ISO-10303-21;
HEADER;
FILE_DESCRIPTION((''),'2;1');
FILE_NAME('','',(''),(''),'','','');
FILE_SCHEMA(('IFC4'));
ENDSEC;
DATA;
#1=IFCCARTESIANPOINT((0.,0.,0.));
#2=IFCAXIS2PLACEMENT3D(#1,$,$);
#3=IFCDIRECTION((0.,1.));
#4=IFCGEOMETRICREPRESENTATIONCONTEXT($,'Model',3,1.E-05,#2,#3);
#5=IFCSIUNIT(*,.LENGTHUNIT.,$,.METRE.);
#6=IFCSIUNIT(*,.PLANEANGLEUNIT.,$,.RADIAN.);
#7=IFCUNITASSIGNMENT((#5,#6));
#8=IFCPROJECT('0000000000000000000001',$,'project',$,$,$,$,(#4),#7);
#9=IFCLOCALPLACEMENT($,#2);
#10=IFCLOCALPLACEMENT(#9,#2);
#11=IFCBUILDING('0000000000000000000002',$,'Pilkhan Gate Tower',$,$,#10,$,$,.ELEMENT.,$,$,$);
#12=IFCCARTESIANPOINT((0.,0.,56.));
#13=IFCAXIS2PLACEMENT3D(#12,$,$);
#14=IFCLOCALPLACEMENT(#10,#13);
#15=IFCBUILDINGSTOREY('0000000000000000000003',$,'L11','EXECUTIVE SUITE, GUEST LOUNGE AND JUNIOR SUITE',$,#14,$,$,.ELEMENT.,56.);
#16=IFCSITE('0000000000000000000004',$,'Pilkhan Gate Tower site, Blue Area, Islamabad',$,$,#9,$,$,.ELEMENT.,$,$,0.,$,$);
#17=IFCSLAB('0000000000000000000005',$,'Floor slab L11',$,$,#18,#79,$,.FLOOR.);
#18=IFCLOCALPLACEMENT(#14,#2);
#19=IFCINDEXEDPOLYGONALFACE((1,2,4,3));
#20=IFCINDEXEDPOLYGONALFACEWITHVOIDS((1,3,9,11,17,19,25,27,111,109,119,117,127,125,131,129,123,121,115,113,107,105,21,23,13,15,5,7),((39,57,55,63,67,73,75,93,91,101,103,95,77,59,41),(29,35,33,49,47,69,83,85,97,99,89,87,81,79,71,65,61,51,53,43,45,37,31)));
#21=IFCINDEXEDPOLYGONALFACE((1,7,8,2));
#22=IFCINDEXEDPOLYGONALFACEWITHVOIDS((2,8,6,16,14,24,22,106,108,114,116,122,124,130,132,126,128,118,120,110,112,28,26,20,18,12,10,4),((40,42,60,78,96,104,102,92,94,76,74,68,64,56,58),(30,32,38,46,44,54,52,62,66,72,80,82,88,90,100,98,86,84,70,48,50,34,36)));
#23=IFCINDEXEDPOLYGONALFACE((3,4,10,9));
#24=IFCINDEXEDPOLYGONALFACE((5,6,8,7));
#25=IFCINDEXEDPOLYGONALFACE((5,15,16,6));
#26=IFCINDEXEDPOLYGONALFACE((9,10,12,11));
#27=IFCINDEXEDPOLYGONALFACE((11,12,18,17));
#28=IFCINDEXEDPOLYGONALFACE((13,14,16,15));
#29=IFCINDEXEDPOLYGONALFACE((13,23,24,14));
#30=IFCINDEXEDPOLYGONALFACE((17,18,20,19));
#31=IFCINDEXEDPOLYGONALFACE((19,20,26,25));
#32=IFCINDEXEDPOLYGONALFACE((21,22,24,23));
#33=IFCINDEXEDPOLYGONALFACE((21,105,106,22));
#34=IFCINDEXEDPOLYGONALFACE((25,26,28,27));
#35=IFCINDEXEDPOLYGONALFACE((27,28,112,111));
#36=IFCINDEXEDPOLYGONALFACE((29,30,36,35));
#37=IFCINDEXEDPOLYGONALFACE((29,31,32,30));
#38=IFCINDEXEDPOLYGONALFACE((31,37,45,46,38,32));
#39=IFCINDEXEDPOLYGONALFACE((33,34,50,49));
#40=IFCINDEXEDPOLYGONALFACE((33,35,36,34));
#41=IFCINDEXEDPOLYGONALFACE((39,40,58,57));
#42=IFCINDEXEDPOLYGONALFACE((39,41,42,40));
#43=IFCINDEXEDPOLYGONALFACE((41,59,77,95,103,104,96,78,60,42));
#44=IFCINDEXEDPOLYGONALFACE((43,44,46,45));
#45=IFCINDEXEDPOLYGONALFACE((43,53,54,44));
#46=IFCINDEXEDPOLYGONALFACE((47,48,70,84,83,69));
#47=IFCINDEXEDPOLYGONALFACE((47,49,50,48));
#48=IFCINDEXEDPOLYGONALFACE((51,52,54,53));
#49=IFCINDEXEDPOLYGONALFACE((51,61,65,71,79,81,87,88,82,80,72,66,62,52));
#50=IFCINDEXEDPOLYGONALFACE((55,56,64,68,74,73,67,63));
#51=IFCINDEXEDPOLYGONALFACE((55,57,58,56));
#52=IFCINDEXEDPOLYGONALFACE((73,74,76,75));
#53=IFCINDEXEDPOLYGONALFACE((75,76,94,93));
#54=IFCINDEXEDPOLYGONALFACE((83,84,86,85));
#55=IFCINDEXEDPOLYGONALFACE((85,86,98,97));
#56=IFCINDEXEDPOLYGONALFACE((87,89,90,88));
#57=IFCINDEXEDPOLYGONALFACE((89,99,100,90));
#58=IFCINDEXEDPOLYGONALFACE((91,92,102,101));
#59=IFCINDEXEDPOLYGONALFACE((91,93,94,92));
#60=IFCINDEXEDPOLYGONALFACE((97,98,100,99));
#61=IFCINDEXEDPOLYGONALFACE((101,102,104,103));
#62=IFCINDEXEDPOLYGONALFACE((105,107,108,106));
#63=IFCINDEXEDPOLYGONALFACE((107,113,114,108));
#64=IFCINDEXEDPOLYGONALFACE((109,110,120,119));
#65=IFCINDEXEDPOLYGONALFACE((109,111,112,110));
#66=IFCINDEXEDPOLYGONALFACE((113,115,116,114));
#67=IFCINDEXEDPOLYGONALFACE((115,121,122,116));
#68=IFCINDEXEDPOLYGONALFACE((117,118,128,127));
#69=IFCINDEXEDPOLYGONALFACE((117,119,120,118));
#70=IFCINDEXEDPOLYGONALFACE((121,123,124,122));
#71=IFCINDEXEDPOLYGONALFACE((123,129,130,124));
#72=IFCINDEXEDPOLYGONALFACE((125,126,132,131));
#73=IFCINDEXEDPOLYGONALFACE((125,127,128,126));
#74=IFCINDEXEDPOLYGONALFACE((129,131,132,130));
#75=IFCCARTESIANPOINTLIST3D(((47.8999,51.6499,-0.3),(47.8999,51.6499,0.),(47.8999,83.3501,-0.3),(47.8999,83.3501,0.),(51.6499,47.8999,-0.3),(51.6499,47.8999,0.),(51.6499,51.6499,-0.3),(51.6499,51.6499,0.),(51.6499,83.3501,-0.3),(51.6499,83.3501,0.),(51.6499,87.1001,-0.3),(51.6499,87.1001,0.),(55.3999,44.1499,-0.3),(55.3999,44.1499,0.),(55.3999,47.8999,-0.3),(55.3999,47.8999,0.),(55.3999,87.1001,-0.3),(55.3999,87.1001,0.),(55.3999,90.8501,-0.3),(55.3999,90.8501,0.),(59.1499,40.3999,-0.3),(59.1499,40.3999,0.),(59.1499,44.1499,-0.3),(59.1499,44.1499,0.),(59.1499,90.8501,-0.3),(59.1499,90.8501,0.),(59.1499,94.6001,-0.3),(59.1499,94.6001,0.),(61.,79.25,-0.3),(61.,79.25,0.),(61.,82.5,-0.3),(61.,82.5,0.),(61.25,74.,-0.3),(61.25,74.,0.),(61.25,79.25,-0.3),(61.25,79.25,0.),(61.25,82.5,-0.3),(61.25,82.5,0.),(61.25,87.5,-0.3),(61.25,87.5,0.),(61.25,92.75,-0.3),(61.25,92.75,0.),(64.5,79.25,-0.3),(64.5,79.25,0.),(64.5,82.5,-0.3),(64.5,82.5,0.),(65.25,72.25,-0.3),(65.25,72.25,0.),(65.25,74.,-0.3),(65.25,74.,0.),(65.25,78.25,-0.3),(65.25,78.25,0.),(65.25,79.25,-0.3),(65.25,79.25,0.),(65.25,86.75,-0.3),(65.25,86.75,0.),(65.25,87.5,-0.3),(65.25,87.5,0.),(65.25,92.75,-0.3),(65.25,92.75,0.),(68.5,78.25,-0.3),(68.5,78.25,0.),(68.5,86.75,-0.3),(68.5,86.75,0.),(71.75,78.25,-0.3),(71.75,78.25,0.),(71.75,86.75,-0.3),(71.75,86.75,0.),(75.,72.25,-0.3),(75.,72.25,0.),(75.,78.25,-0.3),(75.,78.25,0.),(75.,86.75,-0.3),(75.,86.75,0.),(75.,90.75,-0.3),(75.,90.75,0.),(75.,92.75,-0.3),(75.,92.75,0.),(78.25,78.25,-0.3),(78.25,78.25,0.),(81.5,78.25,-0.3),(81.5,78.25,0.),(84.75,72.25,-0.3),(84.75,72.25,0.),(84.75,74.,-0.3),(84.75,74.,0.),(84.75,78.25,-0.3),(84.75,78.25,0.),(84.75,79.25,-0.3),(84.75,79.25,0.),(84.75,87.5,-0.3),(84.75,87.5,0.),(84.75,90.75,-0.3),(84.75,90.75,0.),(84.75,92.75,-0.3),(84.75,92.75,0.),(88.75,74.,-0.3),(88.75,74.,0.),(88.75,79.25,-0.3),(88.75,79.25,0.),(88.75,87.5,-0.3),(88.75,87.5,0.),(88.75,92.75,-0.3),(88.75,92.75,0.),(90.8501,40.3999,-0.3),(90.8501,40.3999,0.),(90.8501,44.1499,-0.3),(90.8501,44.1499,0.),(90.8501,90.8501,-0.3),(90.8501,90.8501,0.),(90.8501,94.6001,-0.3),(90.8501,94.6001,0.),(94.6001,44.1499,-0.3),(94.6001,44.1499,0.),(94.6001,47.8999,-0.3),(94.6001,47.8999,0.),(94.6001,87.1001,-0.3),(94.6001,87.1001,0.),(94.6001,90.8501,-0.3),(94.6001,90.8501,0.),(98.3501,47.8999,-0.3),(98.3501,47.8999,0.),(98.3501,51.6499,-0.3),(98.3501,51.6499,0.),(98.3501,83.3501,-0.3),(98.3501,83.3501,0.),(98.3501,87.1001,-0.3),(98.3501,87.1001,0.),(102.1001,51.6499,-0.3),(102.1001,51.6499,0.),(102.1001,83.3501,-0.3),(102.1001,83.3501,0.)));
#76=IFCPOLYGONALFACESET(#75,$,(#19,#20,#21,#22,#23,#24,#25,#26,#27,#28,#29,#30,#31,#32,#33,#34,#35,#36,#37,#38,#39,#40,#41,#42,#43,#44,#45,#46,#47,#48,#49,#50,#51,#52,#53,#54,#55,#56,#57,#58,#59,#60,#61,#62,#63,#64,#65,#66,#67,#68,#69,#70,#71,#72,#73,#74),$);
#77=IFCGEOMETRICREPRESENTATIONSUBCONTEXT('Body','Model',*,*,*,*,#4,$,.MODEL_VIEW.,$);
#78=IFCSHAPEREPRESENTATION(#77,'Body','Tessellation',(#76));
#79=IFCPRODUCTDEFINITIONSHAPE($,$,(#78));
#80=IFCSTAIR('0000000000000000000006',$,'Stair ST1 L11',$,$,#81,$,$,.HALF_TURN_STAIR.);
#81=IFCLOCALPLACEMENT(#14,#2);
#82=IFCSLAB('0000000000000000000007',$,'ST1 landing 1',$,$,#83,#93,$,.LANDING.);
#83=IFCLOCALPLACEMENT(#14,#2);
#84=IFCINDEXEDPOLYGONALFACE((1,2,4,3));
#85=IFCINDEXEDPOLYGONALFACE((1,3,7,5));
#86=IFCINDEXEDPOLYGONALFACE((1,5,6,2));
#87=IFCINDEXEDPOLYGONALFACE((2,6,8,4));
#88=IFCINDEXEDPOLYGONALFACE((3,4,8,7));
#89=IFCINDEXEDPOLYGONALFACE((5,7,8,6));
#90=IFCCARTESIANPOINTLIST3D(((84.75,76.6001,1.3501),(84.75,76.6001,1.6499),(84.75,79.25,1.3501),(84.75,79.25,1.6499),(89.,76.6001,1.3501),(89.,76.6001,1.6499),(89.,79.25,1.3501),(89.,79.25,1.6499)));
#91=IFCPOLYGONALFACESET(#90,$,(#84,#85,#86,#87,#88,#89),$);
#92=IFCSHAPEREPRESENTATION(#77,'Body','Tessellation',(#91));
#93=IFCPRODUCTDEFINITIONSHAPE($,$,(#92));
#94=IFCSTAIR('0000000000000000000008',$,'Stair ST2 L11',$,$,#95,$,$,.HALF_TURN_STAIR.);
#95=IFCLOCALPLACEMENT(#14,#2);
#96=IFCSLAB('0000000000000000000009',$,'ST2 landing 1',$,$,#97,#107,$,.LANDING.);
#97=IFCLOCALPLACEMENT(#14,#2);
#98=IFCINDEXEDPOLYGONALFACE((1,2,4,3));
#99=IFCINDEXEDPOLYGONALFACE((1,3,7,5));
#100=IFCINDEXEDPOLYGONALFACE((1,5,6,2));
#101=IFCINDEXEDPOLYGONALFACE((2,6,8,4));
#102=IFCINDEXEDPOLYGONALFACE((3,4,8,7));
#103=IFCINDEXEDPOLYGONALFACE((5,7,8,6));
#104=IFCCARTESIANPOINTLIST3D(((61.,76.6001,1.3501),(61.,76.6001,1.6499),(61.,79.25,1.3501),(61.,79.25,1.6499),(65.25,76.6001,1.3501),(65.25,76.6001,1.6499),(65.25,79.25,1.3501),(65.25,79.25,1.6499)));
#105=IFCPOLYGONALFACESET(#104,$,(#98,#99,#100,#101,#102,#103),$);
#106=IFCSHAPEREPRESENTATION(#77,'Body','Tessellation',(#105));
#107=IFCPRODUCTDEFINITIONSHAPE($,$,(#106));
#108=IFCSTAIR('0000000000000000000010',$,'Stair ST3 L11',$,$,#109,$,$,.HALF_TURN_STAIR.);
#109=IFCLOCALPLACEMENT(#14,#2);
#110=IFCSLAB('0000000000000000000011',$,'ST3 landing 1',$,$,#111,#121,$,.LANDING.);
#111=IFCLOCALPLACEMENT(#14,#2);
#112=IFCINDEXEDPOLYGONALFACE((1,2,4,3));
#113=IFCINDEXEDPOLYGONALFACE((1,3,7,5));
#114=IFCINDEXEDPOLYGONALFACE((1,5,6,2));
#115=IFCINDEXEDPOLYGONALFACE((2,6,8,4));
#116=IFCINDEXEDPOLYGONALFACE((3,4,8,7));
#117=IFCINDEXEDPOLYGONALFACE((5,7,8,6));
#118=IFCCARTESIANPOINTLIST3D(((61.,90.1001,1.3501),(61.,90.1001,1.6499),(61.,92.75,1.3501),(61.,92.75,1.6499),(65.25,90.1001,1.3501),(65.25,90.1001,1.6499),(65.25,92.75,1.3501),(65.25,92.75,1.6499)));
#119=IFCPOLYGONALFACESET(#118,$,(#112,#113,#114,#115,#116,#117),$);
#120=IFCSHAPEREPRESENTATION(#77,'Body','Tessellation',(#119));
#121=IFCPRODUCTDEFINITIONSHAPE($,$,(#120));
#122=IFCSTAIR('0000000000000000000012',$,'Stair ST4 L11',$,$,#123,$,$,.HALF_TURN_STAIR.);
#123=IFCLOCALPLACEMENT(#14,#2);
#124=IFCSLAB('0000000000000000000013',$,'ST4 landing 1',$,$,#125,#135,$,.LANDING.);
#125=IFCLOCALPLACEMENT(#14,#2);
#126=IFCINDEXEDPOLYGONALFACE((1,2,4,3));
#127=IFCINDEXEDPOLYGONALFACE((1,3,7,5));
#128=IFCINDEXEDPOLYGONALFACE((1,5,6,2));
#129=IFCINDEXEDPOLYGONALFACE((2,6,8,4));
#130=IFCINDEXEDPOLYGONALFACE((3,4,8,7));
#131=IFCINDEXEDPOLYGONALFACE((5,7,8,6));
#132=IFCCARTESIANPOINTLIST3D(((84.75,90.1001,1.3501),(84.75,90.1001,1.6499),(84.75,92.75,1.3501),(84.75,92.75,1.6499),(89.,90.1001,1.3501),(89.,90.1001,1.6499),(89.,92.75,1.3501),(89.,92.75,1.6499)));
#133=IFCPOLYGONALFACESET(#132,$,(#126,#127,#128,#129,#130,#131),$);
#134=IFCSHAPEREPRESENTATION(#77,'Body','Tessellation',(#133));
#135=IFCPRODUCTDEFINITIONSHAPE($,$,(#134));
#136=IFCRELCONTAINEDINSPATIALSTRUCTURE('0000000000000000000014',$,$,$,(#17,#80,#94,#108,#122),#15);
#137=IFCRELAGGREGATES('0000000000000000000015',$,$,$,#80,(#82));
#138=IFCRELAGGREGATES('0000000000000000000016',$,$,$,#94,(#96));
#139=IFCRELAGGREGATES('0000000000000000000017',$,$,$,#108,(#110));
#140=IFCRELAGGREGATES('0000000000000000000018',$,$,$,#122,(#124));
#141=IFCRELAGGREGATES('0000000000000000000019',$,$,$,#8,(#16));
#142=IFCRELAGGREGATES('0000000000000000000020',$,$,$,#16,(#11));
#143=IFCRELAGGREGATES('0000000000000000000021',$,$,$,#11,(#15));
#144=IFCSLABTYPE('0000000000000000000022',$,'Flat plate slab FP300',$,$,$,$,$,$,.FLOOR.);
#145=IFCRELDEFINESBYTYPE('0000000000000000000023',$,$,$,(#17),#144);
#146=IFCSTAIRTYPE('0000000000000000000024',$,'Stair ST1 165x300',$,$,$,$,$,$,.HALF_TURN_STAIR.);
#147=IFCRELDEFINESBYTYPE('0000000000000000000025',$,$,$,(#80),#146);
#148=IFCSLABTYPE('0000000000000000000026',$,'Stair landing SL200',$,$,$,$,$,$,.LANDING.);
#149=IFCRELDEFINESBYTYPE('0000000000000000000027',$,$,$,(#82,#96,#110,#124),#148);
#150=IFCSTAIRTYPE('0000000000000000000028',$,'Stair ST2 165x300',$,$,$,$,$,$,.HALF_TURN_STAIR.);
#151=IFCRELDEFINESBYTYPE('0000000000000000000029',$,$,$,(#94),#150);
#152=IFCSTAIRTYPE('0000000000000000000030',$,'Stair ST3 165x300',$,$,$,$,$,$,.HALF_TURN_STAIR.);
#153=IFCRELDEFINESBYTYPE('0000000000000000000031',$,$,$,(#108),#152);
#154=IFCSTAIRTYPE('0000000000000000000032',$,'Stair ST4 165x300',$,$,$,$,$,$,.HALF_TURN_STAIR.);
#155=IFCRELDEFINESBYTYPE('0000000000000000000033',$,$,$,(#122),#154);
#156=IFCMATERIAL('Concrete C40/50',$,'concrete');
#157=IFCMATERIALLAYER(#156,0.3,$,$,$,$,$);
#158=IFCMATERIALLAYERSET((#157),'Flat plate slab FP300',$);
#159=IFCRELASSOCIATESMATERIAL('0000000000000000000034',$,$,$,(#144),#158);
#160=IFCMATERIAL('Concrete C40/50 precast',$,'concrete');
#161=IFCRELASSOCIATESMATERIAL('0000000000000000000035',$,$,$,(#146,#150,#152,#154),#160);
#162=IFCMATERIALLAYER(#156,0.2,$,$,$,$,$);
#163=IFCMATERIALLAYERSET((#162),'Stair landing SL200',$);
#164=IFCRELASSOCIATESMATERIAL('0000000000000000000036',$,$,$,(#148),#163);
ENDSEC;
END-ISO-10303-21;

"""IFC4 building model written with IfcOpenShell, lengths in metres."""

from ifc_helpers import new_model, si_unit, direction, frame, origin, place, context, subcontext, project, spatial, polyline, outline, extrude, material, layer, layer_set, type_object, element, aggregate, save


model = new_model("IFC4")

# Units and contexts
model_context = context("Model", 3, precision=1e-05, world=origin(), true_north=direction((0.0, 1.0)))
body_context = subcontext(model_context, "Body", "Model", "MODEL_VIEW")
ifc_project = project(units=[si_unit("LENGTHUNIT", "METRE"), si_unit("PLANEANGLEUNIT", "RADIAN")], contexts=[model_context])

# Site, building, storey
site_placement = place(None, origin())
site = spatial("IfcSite", under=ifc_project, at=site_placement, Name="Pilkhan Gate Tower site, Blue Area, Islamabad", CompositionType="ELEMENT", RefElevation=0.0)
building_placement = place(site_placement, origin())
building = spatial("IfcBuilding", under=site, at=building_placement, Name="Pilkhan Gate Tower", CompositionType="ELEMENT")
storey_placement = place(building_placement, frame((0.0, 0.0, 56.0)))
storey = spatial("IfcBuildingStorey", under=building, at=storey_placement, Name="L11", Description="EXECUTIVE SUITE, GUEST LOUNGE AND JUNIOR SUITE", CompositionType="ELEMENT", Elevation=56.0)

# Slab
ifc_material_1 = material(Name="Concrete C40/50", Category="concrete")
ifc_layer_1 = layer(ifc_material_1, 0.3)
ifc_layer_set_1 = layer_set([ifc_layer_1], Name="Flat plate slab FP300")
slab_type_1 = type_object("IfcSlabType", Name="Flat plate slab FP300", PredefinedType="FLOOR", material=ifc_layer_set_1)
slab_1_placement = place(storey_placement, frame((0.0, 0.0, -0.3)))
element("IfcSlab", 1, at=slab_1_placement, inside=storey, type_object=slab_type_1, Name="Floor slab L11", PredefinedType="FLOOR", context=body_context, shape_type="SweptSolid", body=[
    extrude(outline(polyline([(98.3501, 47.8999), (94.6001, 47.8999), (94.6001, 44.1499), (90.8501, 44.1499), (90.8501, 40.3999), (59.1499, 40.3999), (59.1499, 44.1499), (55.3999, 44.1499), (55.3999, 47.8999), (51.6499, 47.8999), (51.6499, 51.6499), (47.8999, 51.6499), (47.8999, 83.3501), (51.6499, 83.3501), (51.6499, 87.1001), (55.3999, 87.1001), (55.3999, 90.8501), (59.1499, 90.8501), (59.1499, 94.6001), (90.8501, 94.6001), (90.8501, 90.8501), (94.6001, 90.8501), (94.6001, 87.1001), (98.3501, 87.1001), (98.3501, 83.3501), (102.1001, 83.3501), (102.1001, 51.6499), (98.3501, 51.6499), (98.3501, 47.8999)]), holes=[polyline([(65.25, 87.5), (65.25, 86.75), (68.5, 86.75), (71.75, 86.75), (75.0, 86.75), (75.0, 90.75), (84.75, 90.75), (84.75, 87.5), (88.75, 87.5), (88.75, 92.75), (84.75, 92.75), (75.0, 92.75), (65.25, 92.75), (61.25, 92.75), (61.25, 87.5), (65.25, 87.5)]), polyline([(75.0, 72.25), (84.75, 72.25), (84.75, 74.0), (88.75, 74.0), (88.75, 79.25), (84.75, 79.25), (84.75, 78.25), (81.5, 78.25), (78.25, 78.25), (75.0, 78.25), (71.75, 78.25), (68.5, 78.25), (65.25, 78.25), (65.25, 79.25), (64.5, 79.25), (64.5, 82.5), (61.25, 82.5), (61.0, 82.5), (61.0, 79.25), (61.25, 79.25), (61.25, 74.0), (65.25, 74.0), (65.25, 72.25), (75.0, 72.25)])]), origin(), (0.0, 0.0, 1.0), 0.3),
])

# Stairs, slabs
ifc_material_2 = material(Name="Concrete C40/50 precast", Category="concrete")
stair_type_1 = type_object("IfcStairType", Name="Stair ST1 165x300", PredefinedType="HALF_TURN_STAIR", material=ifc_material_2)
stair_1_placement = place(storey_placement, origin())
stair_1 = element("IfcStair", 2, at=stair_1_placement, inside=storey, type_object=stair_type_1, Name="Stair ST1 L11", PredefinedType="HALF_TURN_STAIR")
ifc_layer_2 = layer(ifc_material_1, 0.2)
ifc_layer_set_2 = layer_set([ifc_layer_2], Name="Stair landing SL200")
slab_type_2 = type_object("IfcSlabType", Name="Stair landing SL200", PredefinedType="LANDING", material=ifc_layer_set_2)
slab_2_placement = place(storey_placement, frame((0.0, 0.0, 1.3501)))
slab_2 = element("IfcSlab", 3, at=slab_2_placement, type_object=slab_type_2, Name="ST1 landing 1", PredefinedType="LANDING", context=body_context, shape_type="SweptSolid", body=[
    extrude(outline(polyline([(89.0, 76.6001), (89.0, 79.25), (84.75, 79.25), (84.75, 76.6001), (89.0, 76.6001)])), origin(), (0.0, 0.0, 1.0), 0.2998),
])
aggregate(stair_1, [slab_2])
stair_type_2 = type_object("IfcStairType", Name="Stair ST2 165x300", PredefinedType="HALF_TURN_STAIR", material=ifc_material_2)
stair_2_placement = place(storey_placement, origin())
stair_2 = element("IfcStair", 4, at=stair_2_placement, inside=storey, type_object=stair_type_2, Name="Stair ST2 L11", PredefinedType="HALF_TURN_STAIR")
slab_3_placement = place(storey_placement, frame((0.0, 0.0, 1.3501)))
slab_3 = element("IfcSlab", 5, at=slab_3_placement, type_object=slab_type_2, Name="ST2 landing 1", PredefinedType="LANDING", context=body_context, shape_type="SweptSolid", body=[
    extrude(outline(polyline([(65.25, 76.6001), (65.25, 79.25), (61.0, 79.25), (61.0, 76.6001), (65.25, 76.6001)])), origin(), (0.0, 0.0, 1.0), 0.2998),
])
aggregate(stair_2, [slab_3])
stair_type_3 = type_object("IfcStairType", Name="Stair ST3 165x300", PredefinedType="HALF_TURN_STAIR", material=ifc_material_2)
stair_3_placement = place(storey_placement, origin())
stair_3 = element("IfcStair", 6, at=stair_3_placement, inside=storey, type_object=stair_type_3, Name="Stair ST3 L11", PredefinedType="HALF_TURN_STAIR")
slab_4_placement = place(storey_placement, frame((0.0, 0.0, 1.3501)))
slab_4 = element("IfcSlab", 7, at=slab_4_placement, type_object=slab_type_2, Name="ST3 landing 1", PredefinedType="LANDING", context=body_context, shape_type="SweptSolid", body=[
    extrude(outline(polyline([(65.25, 90.1001), (65.25, 92.75), (61.0, 92.75), (61.0, 90.1001), (65.25, 90.1001)])), origin(), (0.0, 0.0, 1.0), 0.2998),
])
aggregate(stair_3, [slab_4])
stair_type_4 = type_object("IfcStairType", Name="Stair ST4 165x300", PredefinedType="HALF_TURN_STAIR", material=ifc_material_2)
stair_4_placement = place(storey_placement, origin())
stair_4 = element("IfcStair", 8, at=stair_4_placement, inside=storey, type_object=stair_type_4, Name="Stair ST4 L11", PredefinedType="HALF_TURN_STAIR")
slab_5_placement = place(storey_placement, frame((0.0, 0.0, 1.3501)))
slab_5 = element("IfcSlab", 9, at=slab_5_placement, type_object=slab_type_2, Name="ST4 landing 1", PredefinedType="LANDING", context=body_context, shape_type="SweptSolid", body=[
    extrude(outline(polyline([(89.0, 90.1001), (89.0, 92.75), (84.75, 92.75), (84.75, 90.1001), (89.0, 90.1001)])), origin(), (0.0, 0.0, 1.0), 0.2998),
])
aggregate(stair_4, [slab_5])

save(model, "model.ifc")
